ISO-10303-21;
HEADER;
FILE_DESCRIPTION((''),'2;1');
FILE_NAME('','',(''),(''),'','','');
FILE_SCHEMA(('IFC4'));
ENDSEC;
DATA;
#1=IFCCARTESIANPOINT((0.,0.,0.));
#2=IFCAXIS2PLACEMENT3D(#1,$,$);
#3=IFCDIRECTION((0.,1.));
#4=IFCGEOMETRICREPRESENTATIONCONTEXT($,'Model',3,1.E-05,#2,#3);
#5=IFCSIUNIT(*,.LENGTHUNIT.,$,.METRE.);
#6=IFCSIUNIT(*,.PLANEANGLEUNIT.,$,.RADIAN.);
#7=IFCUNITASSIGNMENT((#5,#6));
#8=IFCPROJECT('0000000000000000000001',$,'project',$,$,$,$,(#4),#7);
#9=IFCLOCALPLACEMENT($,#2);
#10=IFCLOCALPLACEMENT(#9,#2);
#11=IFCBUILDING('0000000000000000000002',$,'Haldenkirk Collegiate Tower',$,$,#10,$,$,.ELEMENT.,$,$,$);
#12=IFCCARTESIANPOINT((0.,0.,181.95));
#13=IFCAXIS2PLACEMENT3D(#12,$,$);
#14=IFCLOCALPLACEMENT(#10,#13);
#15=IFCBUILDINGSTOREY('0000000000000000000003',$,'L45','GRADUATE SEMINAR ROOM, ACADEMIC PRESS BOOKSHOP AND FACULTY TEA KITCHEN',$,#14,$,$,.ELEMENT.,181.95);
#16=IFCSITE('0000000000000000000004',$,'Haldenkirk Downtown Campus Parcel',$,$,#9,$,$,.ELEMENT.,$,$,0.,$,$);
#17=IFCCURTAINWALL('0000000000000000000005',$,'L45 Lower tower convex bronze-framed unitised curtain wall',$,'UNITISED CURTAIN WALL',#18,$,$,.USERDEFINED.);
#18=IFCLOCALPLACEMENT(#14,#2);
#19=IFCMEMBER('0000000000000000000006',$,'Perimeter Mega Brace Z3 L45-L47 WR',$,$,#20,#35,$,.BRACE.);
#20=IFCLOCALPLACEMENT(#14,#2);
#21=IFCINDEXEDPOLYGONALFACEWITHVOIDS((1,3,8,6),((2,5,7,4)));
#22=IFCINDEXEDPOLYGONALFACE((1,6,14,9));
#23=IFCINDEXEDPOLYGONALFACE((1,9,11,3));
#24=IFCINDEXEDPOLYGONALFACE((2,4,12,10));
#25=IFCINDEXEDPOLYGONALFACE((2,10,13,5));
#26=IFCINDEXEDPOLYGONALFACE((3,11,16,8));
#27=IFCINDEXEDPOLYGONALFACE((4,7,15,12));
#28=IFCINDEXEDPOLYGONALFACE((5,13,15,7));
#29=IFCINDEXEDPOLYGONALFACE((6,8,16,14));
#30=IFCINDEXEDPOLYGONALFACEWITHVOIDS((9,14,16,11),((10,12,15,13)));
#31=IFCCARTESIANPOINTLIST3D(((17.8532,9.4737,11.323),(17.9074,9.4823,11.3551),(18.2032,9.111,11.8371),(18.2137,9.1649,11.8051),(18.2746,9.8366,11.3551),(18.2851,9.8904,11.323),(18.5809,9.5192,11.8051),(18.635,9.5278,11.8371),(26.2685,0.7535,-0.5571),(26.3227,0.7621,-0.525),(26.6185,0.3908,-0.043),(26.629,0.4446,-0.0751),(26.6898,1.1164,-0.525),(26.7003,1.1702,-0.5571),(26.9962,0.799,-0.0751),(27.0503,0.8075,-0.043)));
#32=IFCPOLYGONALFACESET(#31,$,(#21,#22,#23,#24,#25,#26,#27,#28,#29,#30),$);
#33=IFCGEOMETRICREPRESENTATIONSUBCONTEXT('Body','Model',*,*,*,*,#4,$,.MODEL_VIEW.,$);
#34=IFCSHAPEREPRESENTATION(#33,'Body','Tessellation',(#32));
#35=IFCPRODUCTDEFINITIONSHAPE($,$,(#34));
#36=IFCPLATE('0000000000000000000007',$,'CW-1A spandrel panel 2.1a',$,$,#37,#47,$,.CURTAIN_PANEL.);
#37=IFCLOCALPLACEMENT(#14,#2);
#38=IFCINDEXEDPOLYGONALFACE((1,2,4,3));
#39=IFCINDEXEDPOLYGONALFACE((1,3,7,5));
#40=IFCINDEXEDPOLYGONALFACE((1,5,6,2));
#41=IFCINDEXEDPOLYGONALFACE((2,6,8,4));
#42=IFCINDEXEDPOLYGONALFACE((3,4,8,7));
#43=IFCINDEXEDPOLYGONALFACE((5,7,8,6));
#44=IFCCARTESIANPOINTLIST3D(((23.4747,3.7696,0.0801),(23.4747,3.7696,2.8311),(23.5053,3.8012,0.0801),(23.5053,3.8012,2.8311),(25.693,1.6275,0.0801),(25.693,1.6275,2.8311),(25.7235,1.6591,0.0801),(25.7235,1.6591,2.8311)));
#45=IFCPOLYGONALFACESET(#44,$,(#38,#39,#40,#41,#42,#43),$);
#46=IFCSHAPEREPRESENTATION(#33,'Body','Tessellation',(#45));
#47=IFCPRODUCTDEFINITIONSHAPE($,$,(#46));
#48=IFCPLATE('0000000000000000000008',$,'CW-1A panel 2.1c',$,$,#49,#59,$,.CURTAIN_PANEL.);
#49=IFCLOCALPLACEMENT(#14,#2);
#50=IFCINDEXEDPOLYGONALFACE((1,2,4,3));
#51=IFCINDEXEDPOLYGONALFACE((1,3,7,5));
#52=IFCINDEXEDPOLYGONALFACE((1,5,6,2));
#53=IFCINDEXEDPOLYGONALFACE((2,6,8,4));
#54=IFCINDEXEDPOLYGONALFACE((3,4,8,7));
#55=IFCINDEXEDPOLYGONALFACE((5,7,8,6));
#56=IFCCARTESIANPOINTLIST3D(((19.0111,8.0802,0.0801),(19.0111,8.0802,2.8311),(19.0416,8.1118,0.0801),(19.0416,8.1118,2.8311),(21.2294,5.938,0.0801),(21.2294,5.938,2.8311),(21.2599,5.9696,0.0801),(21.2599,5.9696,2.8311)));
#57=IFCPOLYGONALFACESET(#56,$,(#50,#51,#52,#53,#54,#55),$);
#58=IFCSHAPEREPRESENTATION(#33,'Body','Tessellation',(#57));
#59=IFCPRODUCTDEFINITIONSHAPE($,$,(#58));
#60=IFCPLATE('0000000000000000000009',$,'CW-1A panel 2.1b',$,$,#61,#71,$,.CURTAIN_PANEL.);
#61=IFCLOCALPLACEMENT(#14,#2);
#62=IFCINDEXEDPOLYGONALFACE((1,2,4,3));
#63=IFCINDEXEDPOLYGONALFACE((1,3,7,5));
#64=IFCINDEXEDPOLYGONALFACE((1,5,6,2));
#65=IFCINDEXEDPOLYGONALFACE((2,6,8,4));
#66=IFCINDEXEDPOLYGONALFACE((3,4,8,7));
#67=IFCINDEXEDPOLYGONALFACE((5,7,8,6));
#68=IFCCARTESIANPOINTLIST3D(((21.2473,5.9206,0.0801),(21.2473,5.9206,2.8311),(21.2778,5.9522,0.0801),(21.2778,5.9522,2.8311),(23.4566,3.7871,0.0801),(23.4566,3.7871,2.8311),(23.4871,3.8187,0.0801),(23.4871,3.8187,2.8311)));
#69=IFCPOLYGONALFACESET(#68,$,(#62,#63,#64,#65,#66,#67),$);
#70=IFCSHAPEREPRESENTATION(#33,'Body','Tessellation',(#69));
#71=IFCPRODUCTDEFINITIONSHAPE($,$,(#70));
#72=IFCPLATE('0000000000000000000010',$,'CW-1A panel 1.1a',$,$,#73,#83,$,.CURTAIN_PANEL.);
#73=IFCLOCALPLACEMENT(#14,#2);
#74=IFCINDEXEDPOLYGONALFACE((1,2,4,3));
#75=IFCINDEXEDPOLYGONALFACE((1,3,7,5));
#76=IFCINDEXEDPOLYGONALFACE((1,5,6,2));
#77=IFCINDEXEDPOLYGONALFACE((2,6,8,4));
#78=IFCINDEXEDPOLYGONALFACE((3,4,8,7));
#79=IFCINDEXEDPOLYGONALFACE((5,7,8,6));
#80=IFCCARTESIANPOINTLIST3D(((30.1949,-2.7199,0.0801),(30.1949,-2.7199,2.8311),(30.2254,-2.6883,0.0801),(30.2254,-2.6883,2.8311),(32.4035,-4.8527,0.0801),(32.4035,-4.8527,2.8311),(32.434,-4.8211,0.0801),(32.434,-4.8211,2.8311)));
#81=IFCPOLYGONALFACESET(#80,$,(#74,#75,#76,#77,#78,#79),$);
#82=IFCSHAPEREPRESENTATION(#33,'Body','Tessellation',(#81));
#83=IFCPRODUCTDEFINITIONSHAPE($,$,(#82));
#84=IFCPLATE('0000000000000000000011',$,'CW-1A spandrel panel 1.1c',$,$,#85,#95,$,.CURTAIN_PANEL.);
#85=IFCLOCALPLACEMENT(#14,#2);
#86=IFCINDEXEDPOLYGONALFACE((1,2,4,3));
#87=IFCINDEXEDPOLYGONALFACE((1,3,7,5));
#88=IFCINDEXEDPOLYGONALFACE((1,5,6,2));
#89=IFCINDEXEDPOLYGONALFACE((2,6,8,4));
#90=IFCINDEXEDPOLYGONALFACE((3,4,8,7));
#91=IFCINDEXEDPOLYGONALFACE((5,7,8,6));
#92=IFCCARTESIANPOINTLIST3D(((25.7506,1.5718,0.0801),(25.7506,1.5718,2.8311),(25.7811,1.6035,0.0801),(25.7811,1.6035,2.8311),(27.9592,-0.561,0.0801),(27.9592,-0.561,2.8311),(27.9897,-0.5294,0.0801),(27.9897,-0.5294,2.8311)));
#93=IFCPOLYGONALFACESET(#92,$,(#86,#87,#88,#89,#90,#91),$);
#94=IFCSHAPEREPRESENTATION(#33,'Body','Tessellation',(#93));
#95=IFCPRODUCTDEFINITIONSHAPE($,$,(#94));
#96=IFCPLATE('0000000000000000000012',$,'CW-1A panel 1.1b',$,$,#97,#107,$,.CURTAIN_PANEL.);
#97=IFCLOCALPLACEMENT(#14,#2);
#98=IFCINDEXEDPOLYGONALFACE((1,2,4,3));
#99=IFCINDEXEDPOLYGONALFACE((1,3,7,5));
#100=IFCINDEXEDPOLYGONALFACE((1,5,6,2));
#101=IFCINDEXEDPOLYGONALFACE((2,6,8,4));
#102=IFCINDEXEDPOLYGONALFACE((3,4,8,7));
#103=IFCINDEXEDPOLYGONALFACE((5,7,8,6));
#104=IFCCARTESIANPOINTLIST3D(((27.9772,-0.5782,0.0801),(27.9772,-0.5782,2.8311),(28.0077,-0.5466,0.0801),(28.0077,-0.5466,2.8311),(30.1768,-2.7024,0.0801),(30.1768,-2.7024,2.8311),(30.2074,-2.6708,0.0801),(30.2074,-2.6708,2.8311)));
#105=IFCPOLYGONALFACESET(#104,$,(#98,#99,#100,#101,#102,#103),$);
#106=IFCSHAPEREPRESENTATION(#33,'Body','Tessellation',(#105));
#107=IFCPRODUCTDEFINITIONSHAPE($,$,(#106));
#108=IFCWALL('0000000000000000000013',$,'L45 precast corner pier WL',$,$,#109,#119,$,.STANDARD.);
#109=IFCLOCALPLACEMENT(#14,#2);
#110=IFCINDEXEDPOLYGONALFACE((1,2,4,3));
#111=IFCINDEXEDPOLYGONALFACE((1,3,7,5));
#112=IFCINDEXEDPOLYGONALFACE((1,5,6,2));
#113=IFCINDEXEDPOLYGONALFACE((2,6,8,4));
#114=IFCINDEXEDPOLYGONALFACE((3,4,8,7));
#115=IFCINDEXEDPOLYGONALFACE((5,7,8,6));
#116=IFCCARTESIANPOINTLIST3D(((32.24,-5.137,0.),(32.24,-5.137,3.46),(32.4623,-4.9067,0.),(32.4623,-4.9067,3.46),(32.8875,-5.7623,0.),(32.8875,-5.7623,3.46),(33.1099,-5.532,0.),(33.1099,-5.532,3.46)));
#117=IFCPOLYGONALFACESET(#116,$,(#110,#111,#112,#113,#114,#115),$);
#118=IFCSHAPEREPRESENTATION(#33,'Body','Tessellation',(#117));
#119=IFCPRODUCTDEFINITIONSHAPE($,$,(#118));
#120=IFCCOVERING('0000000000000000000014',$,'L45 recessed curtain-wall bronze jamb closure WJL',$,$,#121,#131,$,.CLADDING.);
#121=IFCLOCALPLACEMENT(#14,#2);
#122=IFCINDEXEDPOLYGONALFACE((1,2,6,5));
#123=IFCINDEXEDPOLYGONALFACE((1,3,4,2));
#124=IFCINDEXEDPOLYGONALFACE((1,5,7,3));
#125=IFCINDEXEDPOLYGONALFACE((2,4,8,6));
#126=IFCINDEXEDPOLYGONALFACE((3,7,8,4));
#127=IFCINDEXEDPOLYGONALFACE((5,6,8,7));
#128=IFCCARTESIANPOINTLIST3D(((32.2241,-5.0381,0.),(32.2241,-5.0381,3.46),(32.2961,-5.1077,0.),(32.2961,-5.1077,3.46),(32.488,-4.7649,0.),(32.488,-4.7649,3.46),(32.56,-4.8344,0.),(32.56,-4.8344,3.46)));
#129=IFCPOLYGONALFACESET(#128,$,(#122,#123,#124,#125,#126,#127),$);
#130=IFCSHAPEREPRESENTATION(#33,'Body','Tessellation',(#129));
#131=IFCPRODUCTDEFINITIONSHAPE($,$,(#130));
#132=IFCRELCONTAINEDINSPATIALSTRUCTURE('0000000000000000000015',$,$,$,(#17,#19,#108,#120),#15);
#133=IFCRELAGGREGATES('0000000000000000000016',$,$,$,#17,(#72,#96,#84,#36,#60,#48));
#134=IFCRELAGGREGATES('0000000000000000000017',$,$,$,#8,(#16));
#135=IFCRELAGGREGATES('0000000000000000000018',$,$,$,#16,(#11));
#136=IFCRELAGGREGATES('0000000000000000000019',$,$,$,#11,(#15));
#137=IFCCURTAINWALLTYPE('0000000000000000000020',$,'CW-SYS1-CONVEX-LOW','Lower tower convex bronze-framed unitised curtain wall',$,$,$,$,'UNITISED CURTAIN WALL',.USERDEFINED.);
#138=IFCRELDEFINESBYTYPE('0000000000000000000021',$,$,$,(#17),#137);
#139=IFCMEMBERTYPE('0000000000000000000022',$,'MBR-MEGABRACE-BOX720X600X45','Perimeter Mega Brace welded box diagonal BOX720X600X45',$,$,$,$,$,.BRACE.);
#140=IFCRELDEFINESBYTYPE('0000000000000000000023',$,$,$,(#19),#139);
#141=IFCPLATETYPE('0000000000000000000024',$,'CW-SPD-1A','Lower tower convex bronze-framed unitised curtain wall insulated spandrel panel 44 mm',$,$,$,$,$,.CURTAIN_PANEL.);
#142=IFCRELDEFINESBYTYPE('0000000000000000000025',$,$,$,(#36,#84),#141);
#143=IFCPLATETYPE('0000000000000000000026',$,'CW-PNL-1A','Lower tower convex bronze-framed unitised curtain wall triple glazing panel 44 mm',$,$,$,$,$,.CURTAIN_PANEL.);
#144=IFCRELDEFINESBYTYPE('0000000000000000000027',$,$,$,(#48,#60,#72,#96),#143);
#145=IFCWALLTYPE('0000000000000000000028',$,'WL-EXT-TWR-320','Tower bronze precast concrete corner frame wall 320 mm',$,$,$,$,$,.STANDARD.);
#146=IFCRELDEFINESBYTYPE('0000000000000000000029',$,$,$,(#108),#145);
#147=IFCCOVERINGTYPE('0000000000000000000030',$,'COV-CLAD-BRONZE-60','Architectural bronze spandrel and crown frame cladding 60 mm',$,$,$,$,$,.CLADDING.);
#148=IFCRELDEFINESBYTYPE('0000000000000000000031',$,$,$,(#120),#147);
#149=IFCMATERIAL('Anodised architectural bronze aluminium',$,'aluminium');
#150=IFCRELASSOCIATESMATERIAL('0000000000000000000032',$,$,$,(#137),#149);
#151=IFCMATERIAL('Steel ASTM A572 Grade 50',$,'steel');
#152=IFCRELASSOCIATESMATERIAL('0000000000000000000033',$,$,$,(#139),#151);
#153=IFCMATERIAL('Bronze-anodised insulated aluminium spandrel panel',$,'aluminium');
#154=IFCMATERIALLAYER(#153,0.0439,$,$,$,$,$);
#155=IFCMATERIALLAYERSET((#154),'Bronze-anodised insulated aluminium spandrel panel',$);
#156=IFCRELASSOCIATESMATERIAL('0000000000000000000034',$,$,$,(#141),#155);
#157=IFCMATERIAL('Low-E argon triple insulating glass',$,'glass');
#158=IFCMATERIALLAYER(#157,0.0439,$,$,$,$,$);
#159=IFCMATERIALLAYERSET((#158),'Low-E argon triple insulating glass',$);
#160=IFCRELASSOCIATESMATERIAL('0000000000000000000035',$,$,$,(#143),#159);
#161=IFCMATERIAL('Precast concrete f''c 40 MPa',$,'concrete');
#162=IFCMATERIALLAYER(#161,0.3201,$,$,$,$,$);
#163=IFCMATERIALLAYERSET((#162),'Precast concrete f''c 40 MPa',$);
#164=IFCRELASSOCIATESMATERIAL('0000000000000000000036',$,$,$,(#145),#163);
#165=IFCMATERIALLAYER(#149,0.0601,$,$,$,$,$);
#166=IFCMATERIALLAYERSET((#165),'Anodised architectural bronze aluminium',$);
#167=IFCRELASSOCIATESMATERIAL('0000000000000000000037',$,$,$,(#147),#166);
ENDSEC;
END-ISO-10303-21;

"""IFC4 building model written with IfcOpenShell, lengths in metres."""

from ifc_helpers import new_model, si_unit, direction, frame, frame_2d, origin, origin_2d, place, context, subcontext, project, spatial, rectangle, hollow_rectangle, extrude, source, transform, mapped, material, layer, layer_set, material_profile, profile_set, type_object, element, aggregate, save


model = new_model("IFC4")

# Units and contexts
model_context = context("Model", 3, precision=1e-05, world=origin(), true_north=direction((0.0, 1.0)))
body_context = subcontext(model_context, "Body", "Model", "MODEL_VIEW")
ifc_project = project(units=[si_unit("LENGTHUNIT", "METRE"), si_unit("PLANEANGLEUNIT", "RADIAN")], contexts=[model_context])

# Site, building, storey
site_placement = place(None, origin())
site = spatial("IfcSite", under=ifc_project, at=site_placement, Name="Haldenkirk Downtown Campus Parcel", CompositionType="ELEMENT", RefElevation=0.0)
building_placement = place(site_placement, origin())
building = spatial("IfcBuilding", under=site, at=building_placement, Name="Haldenkirk Collegiate Tower", CompositionType="ELEMENT")
storey_placement = place(building_placement, frame((0.0, 0.0, 181.95)))
storey = spatial("IfcBuildingStorey", under=building, at=storey_placement, Name="L45", Description="GRADUATE SEMINAR ROOM, ACADEMIC PRESS BOOKSHOP AND FACULTY TEA KITCHEN", CompositionType="ELEMENT", Elevation=181.95)

# Curtain wall
ifc_material_1 = material(Name="Anodised architectural bronze aluminium", Category="aluminium")
curtain_wall_type = type_object("IfcCurtainWallType", Name="CW-SYS1-CONVEX-LOW", Description="Lower tower convex bronze-framed unitised curtain wall", ElementType="UNITISED CURTAIN WALL", PredefinedType="USERDEFINED", material=ifc_material_1)
curtain_wall_placement = place(storey_placement, origin())
curtain_wall = element("IfcCurtainWall", 1, at=curtain_wall_placement, inside=storey, type_object=curtain_wall_type, Name="L45 Lower tower convex bronze-framed unitised curtain wall", ObjectType="UNITISED CURTAIN WALL", PredefinedType="USERDEFINED")

# Member
ifc_material_2 = material(Name="Steel ASTM A572 Grade 50", Category="steel")
ifc_material_profile_1 = material_profile(ifc_material_2, hollow_rectangle(XDim=0.6001, YDim=0.72, WallThickness=0.0449, at=origin_2d()), Name="BOX720X600X45")
ifc_profile_set_1 = profile_set([ifc_material_profile_1], Name="Steel ASTM A572 Grade 50")
member_type_1 = type_object("IfcMemberType", Name="MBR-MEGABRACE-BOX720X600X45", Description="Perimeter Mega Brace welded box diagonal BOX720X600X45", PredefinedType="BRACE", material=ifc_profile_set_1)
member_1_placement = place(storey_placement, frame((26.6594, 0.7805, -0.3), z_axis=(-0.495878, 0.513847, 0.700047), x_axis=(-0.719576, -0.694414, 0.0)))
element("IfcMember", 2, at=member_1_placement, inside=storey, type_object=member_type_1, Name="Perimeter Mega Brace Z3 L45-L47 WR", PredefinedType="BRACE", context=body_context, shape_type="SweptSolid", body=[
    extrude(hollow_rectangle(XDim=0.6001, YDim=0.72, WallThickness=0.0449, at=origin_2d()), origin(), (0.0, 0.0, 1.0), 16.9705),
])

# Plates
ifc_material_3 = material(Name="Bronze-anodised insulated aluminium spandrel panel", Category="aluminium")
ifc_layer_1 = layer(ifc_material_3, 0.0439)
ifc_layer_set_1 = layer_set([ifc_layer_1], Name="Bronze-anodised insulated aluminium spandrel panel")
plate_type_1 = type_object("IfcPlateType", Name="CW-SPD-1A", Description="Lower tower convex bronze-framed unitised curtain wall insulated spandrel panel 44 mm", PredefinedType="CURTAIN_PANEL", material=ifc_layer_set_1)
shared_shape_1 = source(origin(), body_context, "Body", "SweptSolid", [
    extrude(rectangle(XDim=3.0837, YDim=0.0439, at=origin_2d()), origin(), (0.0, 0.0, 1.0), 2.751),
])
plate_1_placement = place(storey_placement, frame((24.5991, 2.7144, 0.0801), z_axis=(0.0, 0.0, 1.0), x_axis=(-0.719341, 0.694658, 0.0)))
plate_1 = element("IfcPlate", 3, at=plate_1_placement, type_object=plate_type_1, Name="CW-1A spandrel panel 2.1a", PredefinedType="CURTAIN_PANEL", context=body_context, shape_type="MappedRepresentation", body=[
    mapped(shared_shape_1, transform((0.0, 0.0, 0.0), x_axis=(1.0, 0.0, 0.0), y_axis=(0.0, 1.0, 0.0), z_axis=(0.0, 0.0, 1.0), scale=1.0)),
])
ifc_material_4 = material(Name="Low-E argon triple insulating glass", Category="glass")
ifc_layer_2 = layer(ifc_material_4, 0.0439)
ifc_layer_set_2 = layer_set([ifc_layer_2], Name="Low-E argon triple insulating glass")
plate_type_2 = type_object("IfcPlateType", Name="CW-PNL-1A", Description="Lower tower convex bronze-framed unitised curtain wall triple glazing panel 44 mm", PredefinedType="CURTAIN_PANEL", material=ifc_layer_set_2)
plate_2_placement = place(storey_placement, frame((20.1355, 7.0249, 0.0801), z_axis=(0.0, 0.0, 1.0), x_axis=(-0.719341, 0.694658, 0.0)))
plate_2 = element("IfcPlate", 4, at=plate_2_placement, type_object=plate_type_2, Name="CW-1A panel 2.1c", PredefinedType="CURTAIN_PANEL", context=body_context, shape_type="MappedRepresentation", body=[
    mapped(shared_shape_1, transform((0.0, 0.0, 0.0), x_axis=(1.0, 0.0, 0.0), y_axis=(0.0, 1.0, 0.0), z_axis=(0.0, 0.0, 1.0), scale=1.0)),
])
shared_shape_2 = source(origin(), body_context, "Body", "SweptSolid", [
    extrude(rectangle(XDim=3.0713, YDim=0.0439, at=origin_2d()), origin(), (0.0, 0.0, 1.0), 2.751),
])
plate_3_placement = place(storey_placement, frame((22.3672, 4.8696, 0.0801), z_axis=(0.0, 0.0, 1.0), x_axis=(-0.719341, 0.694658, 0.0)))
plate_3 = element("IfcPlate", 5, at=plate_3_placement, type_object=plate_type_2, Name="CW-1A panel 2.1b", PredefinedType="CURTAIN_PANEL", context=body_context, shape_type="MappedRepresentation", body=[
    mapped(shared_shape_2, transform((0.0, 0.0, 0.0), x_axis=(1.0, 0.0, 0.0), y_axis=(0.0, 1.0, 0.0), z_axis=(0.0, 0.0, 1.0), scale=1.0)),
])
shared_shape_3 = source(origin(), body_context, "Body", "SweptSolid", [
    extrude(rectangle(XDim=3.0703, YDim=0.0439, at=origin_2d()), origin(), (0.0, 0.0, 1.0), 2.751),
])
plate_4_placement = place(storey_placement, frame((31.3145, -3.7705, 0.0801), z_axis=(0.0, 0.0, 1.0), x_axis=(-0.719341, 0.694658, 0.0)))
plate_4 = element("IfcPlate", 6, at=plate_4_placement, type_object=plate_type_2, Name="CW-1A panel 1.1a", PredefinedType="CURTAIN_PANEL", context=body_context, shape_type="MappedRepresentation", body=[
    mapped(shared_shape_3, transform((0.0, 0.0, 0.0), x_axis=(1.0, 0.0, 0.0), y_axis=(0.0, 1.0, 0.0), z_axis=(0.0, 0.0, 1.0), scale=1.0)),
])
plate_5_placement = place(storey_placement, frame((26.8701, 0.5212, 0.0801), z_axis=(0.0, 0.0, 1.0), x_axis=(-0.719341, 0.694658, 0.0)))
plate_5 = element("IfcPlate", 7, at=plate_5_placement, type_object=plate_type_1, Name="CW-1A spandrel panel 1.1c", PredefinedType="CURTAIN_PANEL", context=body_context, shape_type="MappedRepresentation", body=[
    mapped(shared_shape_3, transform((0.0, 0.0, 0.0), x_axis=(1.0, 0.0, 0.0), y_axis=(0.0, 1.0, 0.0), z_axis=(0.0, 0.0, 1.0), scale=1.0)),
])
shared_shape_4 = source(origin(), body_context, "Body", "SweptSolid", [
    extrude(rectangle(XDim=3.0579, YDim=0.0439, at=origin_2d()), origin(), (0.0, 0.0, 1.0), 2.751),
])
plate_6_placement = place(storey_placement, frame((29.0923, -1.6245, 0.0801), z_axis=(0.0, 0.0, 1.0), x_axis=(-0.719341, 0.694658, 0.0)))
plate_6 = element("IfcPlate", 8, at=plate_6_placement, type_object=plate_type_2, Name="CW-1A panel 1.1b", PredefinedType="CURTAIN_PANEL", context=body_context, shape_type="MappedRepresentation", body=[
    mapped(shared_shape_4, transform((0.0, 0.0, 0.0), x_axis=(1.0, 0.0, 0.0), y_axis=(0.0, 1.0, 0.0), z_axis=(0.0, 0.0, 1.0), scale=1.0)),
])
aggregate(curtain_wall, [plate_4, plate_6, plate_5, plate_1, plate_3, plate_2])

# Wall
ifc_material_5 = material(Name="Precast concrete f'c 40 MPa", Category="concrete")
ifc_layer_3 = layer(ifc_material_5, 0.3201)
ifc_layer_set_3 = layer_set([ifc_layer_3], Name="Precast concrete f'c 40 MPa")
wall_type = type_object("IfcWallType", Name="WL-EXT-TWR-320", Description="Tower bronze precast concrete corner frame wall 320 mm", PredefinedType="STANDARD", material=ifc_layer_set_3)
wall_placement = place(storey_placement, frame((32.9988, -5.6472, 0.0), z_axis=(0.0, 0.0, 1.0), x_axis=(-0.719341, 0.694657, 0.0)))
element("IfcWall", 9, at=wall_placement, inside=storey, type_object=wall_type, Name="L45 precast corner pier WL", PredefinedType="STANDARD", context=body_context, shape_type="SweptSolid", body=[
    extrude(rectangle(XDim=0.9001, YDim=0.3201, at=frame_2d((0.4502, 0.0))), origin(), (0.0, 0.0, 1.0), 3.46),
])

# Covering
ifc_layer_4 = layer(ifc_material_1, 0.0601)
ifc_layer_set_4 = layer_set([ifc_layer_4], Name="Anodised architectural bronze aluminium")
covering_type = type_object("IfcCoveringType", Name="COV-CLAD-BRONZE-60", Description="Architectural bronze spandrel and crown frame cladding 60 mm", PredefinedType="CLADDING", material=ifc_layer_set_4)
shared_shape_5 = source(origin(), body_context, "Body", "SweptSolid", [
    extrude(rectangle(XDim=0.1001, YDim=0.3799, at=origin_2d()), origin(), (0.0, 0.0, 1.0), 3.46),
])
covering_placement = place(storey_placement, frame((32.3921, -4.9363, 0.0), z_axis=(0.0, 0.0, 1.0), x_axis=(-0.71934, 0.694658, 0.0)))
element("IfcCovering", 10, at=covering_placement, inside=storey, type_object=covering_type, Name="L45 recessed curtain-wall bronze jamb closure WJL", PredefinedType="CLADDING", context=body_context, shape_type="MappedRepresentation", body=[
    mapped(shared_shape_5, transform((0.0, 0.0, 0.0), x_axis=(1.0, 0.0, 0.0), y_axis=(0.0, 1.0, 0.0), z_axis=(0.0, 0.0, 1.0), scale=1.0)),
])

save(model, "model.ifc")
